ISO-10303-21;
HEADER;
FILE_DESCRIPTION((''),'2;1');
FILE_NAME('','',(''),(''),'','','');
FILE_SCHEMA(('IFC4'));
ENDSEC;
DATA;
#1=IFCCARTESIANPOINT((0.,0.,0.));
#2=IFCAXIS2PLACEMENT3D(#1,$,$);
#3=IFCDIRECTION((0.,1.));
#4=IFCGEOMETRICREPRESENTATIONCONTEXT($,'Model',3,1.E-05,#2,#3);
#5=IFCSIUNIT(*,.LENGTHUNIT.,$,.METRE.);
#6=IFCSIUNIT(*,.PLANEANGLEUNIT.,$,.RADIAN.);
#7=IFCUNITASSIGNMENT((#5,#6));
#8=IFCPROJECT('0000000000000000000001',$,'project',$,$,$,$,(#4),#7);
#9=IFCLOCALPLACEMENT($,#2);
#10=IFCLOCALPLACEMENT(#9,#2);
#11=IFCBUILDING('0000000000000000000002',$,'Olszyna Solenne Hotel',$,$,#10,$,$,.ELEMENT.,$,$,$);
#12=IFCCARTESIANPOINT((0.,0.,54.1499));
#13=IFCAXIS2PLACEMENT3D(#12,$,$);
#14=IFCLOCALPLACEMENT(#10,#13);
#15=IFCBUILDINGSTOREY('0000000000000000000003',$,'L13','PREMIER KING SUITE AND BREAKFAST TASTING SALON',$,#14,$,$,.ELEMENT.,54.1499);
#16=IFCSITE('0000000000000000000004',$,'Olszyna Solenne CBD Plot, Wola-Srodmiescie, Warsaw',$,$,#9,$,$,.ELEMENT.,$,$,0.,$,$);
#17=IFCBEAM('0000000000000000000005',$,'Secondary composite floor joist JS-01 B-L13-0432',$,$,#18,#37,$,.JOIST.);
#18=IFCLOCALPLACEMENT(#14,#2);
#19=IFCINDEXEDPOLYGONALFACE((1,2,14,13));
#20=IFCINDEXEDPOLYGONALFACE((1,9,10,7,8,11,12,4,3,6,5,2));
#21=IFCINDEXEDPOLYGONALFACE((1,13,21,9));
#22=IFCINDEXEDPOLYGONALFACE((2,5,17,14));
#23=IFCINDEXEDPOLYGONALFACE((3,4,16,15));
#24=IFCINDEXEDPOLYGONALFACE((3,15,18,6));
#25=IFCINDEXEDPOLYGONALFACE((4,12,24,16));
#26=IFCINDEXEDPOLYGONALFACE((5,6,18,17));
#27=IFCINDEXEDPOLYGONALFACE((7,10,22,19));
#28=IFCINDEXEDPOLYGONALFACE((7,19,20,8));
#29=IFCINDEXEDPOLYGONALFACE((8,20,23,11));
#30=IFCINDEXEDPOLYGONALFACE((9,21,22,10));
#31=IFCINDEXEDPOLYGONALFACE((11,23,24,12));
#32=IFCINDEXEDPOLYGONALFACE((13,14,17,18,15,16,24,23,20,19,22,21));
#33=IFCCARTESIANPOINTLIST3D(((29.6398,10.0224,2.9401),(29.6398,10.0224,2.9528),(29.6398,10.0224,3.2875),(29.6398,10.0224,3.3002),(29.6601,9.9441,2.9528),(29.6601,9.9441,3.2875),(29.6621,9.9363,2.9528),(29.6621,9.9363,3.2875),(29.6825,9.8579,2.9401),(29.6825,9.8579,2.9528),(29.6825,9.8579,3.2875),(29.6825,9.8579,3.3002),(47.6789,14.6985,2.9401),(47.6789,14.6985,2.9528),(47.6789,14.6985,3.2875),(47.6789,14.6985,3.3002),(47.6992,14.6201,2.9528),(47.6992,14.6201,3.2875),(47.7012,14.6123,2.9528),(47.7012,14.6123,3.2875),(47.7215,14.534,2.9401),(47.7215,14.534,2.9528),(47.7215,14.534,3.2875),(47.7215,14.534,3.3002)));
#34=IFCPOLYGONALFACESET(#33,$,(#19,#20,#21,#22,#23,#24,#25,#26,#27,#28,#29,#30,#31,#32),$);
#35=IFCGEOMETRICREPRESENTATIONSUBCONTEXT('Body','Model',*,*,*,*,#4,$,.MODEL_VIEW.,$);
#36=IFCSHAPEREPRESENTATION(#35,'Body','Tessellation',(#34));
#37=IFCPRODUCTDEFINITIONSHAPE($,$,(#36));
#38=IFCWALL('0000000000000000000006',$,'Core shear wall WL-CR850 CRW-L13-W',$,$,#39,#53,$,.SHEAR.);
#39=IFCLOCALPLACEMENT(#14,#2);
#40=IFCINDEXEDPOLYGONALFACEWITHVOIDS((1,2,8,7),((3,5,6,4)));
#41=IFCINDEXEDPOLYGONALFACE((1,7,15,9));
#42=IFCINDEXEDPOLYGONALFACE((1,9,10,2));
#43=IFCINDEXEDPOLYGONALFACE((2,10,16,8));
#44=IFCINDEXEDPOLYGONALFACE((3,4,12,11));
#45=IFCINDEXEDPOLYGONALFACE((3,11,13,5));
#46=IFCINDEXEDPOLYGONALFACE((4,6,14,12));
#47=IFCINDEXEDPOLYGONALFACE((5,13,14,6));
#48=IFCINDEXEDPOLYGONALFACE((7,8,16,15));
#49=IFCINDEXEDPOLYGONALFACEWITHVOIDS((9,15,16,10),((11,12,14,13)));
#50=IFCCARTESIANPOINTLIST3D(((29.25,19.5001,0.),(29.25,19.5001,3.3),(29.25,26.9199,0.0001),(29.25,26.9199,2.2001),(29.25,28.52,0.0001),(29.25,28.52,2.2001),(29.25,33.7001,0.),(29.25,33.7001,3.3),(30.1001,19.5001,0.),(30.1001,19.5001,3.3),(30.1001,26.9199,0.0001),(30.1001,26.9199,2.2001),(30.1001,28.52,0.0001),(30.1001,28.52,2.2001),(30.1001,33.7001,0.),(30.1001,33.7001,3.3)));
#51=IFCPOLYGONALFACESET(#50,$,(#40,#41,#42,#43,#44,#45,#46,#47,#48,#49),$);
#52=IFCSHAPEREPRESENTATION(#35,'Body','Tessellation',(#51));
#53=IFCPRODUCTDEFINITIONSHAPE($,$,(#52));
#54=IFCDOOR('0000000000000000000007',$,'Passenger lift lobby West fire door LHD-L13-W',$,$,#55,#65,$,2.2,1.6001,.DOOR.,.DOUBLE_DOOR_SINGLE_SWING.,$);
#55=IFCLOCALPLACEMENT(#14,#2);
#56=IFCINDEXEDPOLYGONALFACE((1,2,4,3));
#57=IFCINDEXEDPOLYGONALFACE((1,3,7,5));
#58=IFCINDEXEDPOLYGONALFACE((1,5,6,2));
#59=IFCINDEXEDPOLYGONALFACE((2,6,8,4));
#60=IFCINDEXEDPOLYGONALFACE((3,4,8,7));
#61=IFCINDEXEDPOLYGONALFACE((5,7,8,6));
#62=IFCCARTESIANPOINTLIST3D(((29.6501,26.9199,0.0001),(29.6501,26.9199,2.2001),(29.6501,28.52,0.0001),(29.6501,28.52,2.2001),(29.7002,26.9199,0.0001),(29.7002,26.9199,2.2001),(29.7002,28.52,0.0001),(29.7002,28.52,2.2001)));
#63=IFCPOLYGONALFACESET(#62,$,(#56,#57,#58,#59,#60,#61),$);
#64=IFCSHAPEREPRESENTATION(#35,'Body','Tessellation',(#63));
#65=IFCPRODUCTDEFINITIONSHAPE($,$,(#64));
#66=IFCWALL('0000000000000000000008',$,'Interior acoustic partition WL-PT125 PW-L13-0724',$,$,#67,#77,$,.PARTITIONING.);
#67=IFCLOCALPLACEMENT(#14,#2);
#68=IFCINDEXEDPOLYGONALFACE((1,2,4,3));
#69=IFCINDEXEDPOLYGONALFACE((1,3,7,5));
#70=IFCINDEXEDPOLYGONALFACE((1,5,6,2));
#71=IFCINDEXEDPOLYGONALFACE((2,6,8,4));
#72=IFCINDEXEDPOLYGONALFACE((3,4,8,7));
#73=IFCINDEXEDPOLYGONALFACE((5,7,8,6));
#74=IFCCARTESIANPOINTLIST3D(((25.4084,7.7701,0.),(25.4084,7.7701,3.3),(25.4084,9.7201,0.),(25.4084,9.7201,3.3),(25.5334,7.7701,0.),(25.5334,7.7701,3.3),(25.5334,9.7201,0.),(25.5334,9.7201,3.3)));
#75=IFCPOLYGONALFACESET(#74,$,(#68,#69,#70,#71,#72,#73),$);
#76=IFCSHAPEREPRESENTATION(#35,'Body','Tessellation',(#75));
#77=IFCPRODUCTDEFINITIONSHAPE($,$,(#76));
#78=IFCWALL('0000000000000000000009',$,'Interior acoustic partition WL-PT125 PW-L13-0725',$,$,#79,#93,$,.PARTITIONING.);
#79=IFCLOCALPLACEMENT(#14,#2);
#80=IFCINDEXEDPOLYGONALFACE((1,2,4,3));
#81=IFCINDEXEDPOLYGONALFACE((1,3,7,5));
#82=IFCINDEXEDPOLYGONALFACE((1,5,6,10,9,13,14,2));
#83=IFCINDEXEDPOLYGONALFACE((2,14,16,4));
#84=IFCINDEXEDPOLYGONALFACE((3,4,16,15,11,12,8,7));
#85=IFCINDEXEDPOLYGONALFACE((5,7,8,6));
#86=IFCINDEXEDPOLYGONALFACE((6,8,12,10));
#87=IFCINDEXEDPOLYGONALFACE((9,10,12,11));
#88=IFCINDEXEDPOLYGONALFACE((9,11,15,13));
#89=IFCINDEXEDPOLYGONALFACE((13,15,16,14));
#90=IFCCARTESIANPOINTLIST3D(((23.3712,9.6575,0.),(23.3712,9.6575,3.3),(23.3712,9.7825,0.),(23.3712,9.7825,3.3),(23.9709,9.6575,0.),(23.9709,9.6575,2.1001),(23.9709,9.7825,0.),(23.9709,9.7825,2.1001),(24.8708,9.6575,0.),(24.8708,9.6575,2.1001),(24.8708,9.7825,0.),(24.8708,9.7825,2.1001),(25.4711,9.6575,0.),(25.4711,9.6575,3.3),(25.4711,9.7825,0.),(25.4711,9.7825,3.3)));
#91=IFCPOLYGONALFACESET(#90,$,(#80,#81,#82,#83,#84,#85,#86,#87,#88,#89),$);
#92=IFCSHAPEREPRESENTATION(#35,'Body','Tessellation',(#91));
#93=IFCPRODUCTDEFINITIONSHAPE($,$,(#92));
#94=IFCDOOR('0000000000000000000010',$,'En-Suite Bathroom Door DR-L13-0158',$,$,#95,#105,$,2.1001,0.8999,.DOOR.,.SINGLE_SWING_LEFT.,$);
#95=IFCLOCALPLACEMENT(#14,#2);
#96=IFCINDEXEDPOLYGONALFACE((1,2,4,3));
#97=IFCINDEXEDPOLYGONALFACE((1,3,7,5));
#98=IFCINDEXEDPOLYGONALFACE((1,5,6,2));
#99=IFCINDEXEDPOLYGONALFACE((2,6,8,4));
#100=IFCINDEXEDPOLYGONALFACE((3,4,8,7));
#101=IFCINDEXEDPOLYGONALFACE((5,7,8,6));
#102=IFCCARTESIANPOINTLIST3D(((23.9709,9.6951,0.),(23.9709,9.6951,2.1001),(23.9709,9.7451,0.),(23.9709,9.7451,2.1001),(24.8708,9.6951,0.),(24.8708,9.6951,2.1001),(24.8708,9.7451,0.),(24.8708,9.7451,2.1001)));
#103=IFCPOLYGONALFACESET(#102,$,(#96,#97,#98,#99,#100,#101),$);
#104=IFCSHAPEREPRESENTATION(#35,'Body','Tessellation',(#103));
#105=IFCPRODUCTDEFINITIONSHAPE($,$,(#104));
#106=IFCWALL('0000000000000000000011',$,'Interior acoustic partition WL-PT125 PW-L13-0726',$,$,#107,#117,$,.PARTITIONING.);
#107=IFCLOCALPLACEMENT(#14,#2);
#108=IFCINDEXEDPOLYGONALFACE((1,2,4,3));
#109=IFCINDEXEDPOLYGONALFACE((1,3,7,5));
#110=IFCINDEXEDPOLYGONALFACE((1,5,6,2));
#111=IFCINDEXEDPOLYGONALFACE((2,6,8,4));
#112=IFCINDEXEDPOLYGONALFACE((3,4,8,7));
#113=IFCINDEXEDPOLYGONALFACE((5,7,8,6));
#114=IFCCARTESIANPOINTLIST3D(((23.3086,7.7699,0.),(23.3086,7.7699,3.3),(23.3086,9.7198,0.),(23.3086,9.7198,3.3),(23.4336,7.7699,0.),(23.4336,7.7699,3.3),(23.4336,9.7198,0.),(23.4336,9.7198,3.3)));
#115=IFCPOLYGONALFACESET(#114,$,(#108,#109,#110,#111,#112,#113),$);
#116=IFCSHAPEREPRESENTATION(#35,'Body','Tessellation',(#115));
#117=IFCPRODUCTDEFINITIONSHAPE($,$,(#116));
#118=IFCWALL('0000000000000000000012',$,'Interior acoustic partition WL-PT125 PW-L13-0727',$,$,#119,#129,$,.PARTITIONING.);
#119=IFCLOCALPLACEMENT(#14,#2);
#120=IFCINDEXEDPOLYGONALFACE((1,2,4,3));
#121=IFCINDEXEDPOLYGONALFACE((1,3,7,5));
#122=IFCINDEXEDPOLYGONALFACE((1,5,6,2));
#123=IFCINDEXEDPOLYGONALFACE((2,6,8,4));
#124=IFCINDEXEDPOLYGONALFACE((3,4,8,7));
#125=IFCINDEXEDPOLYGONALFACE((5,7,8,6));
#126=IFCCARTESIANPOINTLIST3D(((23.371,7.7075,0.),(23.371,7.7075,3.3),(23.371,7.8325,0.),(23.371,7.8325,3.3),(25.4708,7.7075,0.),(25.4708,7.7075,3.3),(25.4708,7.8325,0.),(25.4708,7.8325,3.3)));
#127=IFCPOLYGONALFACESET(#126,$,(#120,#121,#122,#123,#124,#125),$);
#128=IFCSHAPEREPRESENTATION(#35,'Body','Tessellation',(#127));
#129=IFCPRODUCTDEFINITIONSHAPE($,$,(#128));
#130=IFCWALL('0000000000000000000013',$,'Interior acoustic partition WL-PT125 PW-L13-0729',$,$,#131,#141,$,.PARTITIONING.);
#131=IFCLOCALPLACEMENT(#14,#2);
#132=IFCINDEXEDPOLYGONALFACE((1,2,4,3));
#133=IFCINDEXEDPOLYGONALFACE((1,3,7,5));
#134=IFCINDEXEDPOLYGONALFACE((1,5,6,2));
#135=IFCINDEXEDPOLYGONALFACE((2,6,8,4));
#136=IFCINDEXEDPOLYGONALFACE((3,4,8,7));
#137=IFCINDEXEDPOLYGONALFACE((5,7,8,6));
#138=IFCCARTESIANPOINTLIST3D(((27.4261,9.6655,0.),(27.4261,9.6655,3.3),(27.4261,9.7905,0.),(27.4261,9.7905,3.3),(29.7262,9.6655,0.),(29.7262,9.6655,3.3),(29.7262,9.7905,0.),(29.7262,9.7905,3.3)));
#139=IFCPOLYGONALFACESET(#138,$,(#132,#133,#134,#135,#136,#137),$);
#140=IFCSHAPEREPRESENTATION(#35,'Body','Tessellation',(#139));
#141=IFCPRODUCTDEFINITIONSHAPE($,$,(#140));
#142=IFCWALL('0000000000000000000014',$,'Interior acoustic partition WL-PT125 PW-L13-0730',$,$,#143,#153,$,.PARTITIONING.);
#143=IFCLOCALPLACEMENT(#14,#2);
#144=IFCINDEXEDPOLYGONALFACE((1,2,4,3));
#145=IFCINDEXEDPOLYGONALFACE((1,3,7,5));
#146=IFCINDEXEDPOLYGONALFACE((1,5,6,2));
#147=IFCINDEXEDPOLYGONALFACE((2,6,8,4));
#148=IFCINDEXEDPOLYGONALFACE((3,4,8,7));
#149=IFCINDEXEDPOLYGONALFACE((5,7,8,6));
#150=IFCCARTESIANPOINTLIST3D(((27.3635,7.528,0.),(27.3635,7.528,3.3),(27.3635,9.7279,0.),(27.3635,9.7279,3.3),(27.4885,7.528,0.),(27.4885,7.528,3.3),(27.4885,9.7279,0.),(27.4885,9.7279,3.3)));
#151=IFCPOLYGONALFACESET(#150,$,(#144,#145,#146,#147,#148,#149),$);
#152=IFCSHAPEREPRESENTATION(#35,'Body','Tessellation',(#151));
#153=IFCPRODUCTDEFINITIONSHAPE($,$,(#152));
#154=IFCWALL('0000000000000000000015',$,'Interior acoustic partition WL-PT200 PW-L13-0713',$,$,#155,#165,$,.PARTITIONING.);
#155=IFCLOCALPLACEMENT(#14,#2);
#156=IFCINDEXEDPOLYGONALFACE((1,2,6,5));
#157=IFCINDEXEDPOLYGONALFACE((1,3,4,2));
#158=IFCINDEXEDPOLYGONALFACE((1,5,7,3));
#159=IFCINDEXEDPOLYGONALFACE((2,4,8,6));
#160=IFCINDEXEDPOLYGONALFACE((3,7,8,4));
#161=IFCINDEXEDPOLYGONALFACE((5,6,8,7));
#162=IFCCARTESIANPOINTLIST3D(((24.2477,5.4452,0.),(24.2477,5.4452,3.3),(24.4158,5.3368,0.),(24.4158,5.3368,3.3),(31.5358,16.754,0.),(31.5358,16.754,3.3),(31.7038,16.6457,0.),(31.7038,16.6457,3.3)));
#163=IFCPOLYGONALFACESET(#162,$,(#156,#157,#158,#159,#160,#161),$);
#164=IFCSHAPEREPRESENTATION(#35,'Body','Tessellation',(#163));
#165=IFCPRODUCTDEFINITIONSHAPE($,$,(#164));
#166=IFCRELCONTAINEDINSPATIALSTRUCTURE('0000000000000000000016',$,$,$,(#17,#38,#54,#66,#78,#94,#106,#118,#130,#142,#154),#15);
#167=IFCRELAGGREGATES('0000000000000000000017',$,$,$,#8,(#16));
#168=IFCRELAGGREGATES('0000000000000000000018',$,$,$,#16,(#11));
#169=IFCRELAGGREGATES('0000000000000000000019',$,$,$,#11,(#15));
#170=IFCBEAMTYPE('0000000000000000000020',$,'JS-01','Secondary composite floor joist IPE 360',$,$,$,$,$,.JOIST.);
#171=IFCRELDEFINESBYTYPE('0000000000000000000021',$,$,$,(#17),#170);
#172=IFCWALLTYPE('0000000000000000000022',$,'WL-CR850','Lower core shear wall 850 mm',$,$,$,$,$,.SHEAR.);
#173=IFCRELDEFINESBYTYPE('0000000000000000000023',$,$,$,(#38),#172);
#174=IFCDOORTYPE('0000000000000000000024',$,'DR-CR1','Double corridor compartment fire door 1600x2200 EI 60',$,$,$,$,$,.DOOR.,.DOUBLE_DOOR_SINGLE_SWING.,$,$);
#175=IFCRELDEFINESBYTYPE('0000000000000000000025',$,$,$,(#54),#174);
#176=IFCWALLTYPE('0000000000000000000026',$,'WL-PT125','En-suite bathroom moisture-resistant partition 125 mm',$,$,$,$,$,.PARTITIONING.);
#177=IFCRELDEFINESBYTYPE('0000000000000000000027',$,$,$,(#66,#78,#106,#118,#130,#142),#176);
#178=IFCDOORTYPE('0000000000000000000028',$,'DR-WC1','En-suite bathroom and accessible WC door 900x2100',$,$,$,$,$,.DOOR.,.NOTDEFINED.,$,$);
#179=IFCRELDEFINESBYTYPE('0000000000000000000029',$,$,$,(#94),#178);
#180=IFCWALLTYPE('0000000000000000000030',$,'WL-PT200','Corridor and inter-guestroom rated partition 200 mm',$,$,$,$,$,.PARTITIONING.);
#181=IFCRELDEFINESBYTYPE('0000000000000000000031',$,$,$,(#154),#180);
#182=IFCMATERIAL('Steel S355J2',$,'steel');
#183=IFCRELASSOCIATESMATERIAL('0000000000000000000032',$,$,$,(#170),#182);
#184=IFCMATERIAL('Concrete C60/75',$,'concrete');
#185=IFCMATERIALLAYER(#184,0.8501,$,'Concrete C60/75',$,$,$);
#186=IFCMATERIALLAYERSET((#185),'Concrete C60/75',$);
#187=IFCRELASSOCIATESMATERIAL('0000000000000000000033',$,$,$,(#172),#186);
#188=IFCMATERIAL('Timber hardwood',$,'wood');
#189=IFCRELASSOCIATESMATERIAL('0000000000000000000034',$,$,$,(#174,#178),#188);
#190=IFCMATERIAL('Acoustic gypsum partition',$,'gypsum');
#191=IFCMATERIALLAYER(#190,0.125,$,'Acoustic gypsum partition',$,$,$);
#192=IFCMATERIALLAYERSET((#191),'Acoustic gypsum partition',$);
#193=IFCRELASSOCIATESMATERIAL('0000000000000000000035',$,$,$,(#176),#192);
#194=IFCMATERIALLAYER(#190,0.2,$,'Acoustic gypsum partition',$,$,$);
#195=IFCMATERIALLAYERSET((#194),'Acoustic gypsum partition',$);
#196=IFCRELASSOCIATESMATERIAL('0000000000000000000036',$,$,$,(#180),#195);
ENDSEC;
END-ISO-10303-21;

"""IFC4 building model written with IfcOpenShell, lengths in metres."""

from ifc_helpers import new_model, si_unit, direction, frame, frame_2d, origin, origin_2d, place, context, subcontext, project, spatial, rectangle, i_section, extrude, source, transform, mapped, material, layer, layer_set, material_profile, profile_set, type_object, type_shapes, element, fill, save


model = new_model("IFC4")

# Units and contexts
model_context = context("Model", 3, precision=1e-05, world=origin(), true_north=direction((0.0, 1.0)))
body_context = subcontext(model_context, "Body", "Model", "MODEL_VIEW")
ifc_project = project(units=[si_unit("LENGTHUNIT", "METRE"), si_unit("PLANEANGLEUNIT", "RADIAN")], contexts=[model_context])

# Site, building, storey
site_placement = place(None, origin())
site = spatial("IfcSite", under=ifc_project, at=site_placement, Name="Olszyna Solenne CBD Plot, Wola-Srodmiescie, Warsaw", CompositionType="ELEMENT", RefElevation=0.0)
building_placement = place(site_placement, origin())
building = spatial("IfcBuilding", under=site, at=building_placement, Name="Olszyna Solenne Hotel", CompositionType="ELEMENT")
storey_placement = place(building_placement, frame((0.0, 0.0, 54.1499)))
storey = spatial("IfcBuildingStorey", under=building, at=storey_placement, Name="L13", Description="PREMIER KING SUITE AND BREAKFAST TASTING SALON", CompositionType="ELEMENT", Elevation=54.1499)

# Beam
ifc_material_1 = material(Name="Steel S355J2", Category="steel")
ifc_material_profile = material_profile(ifc_material_1, i_section(OverallWidth=0.1699, OverallDepth=0.3601, WebThickness=0.0081, FlangeThickness=0.0127, at=origin_2d()), Name="IPE 360", Category="load-bearing")
ifc_profile_set = profile_set([ifc_material_profile], Name="Steel S355J2")
beam_type = type_object("IfcBeamType", Name="JS-01", Description="Secondary composite floor joist IPE 360", PredefinedType="JOIST", material=ifc_profile_set)
shared_shape_1 = source(origin(), body_context, "Body", "SweptSolid", [
    extrude(i_section(OverallWidth=0.1699, OverallDepth=0.3601, WebThickness=0.0081, FlangeThickness=0.0127, at=origin_2d()), origin(), (0.0, 0.0, 1.0), 18.6353),
])
beam_placement = place(storey_placement, frame((29.6611, 9.9402, 3.1201), z_axis=(0.968007, 0.250924, 0.0), x_axis=(-0.250924, 0.968007, 0.0)))
element("IfcBeam", 1, at=beam_placement, inside=storey, type_object=beam_type, Name="Secondary composite floor joist JS-01 B-L13-0432", PredefinedType="JOIST", context=body_context, shape_type="MappedRepresentation", body=[
    mapped(shared_shape_1, transform((0.0, 0.0, 0.0), x_axis=(1.0, 0.0, 0.0), y_axis=(0.0, 1.0, 0.0), z_axis=(0.0, 0.0, 1.0), scale=1.0)),
])

# Wall, opening, door
ifc_material_2 = material(Name="Concrete C60/75", Category="concrete")
ifc_layer_1 = layer(ifc_material_2, 0.8501, Name="Concrete C60/75")
ifc_layer_set_1 = layer_set([ifc_layer_1], Name="Concrete C60/75")
wall_type_1 = type_object("IfcWallType", Name="WL-CR850", Description="Lower core shear wall 850 mm", PredefinedType="SHEAR", material=ifc_layer_set_1)
wall_1_placement = place(storey_placement, frame((29.675, 19.5, 0.0), z_axis=(0.0, 0.0, 1.0), x_axis=(0.0, 1.0, 0.0)))
wall_1 = element("IfcWall", 2, at=wall_1_placement, inside=storey, type_object=wall_type_1, Name="Core shear wall WL-CR850 CRW-L13-W", PredefinedType="SHEAR", context=body_context, shape_type="SweptSolid", body=[
    extrude(rectangle(XDim=14.2, YDim=0.8501, at=frame_2d((7.1001, 0.0))), origin(), (0.0, 0.0, 1.0), 3.3),
])
opening_1_placement = place(wall_1_placement, frame((7.4199, 0.0, 0.0)))
opening_1 = element("IfcOpeningElement", 3, at=opening_1_placement, cuts=wall_1, PredefinedType="OPENING", context=body_context, shape_type="SweptSolid", body=[
    extrude(rectangle(XDim=1.6001, YDim=2.2, at=frame_2d((0.8, 1.1001))), frame((0.0, 0.4351, 0.0), z_axis=(0.0, -1.0, 0.0), x_axis=(1.0, 0.0, 0.0)), (0.0, 0.0, 1.0), 0.8701),
])
ifc_material_3 = material(Name="Timber hardwood", Category="wood")
door_type_1 = type_object("IfcDoorType", Name="DR-CR1", Description="Double corridor compartment fire door 1600x2200 EI 60", OperationType="DOUBLE_DOOR_SINGLE_SWING", PredefinedType="DOOR", material=ifc_material_3)
shared_shape_2 = source(origin(), body_context, "Body", "SweptSolid", [
    extrude(rectangle(XDim=1.6001, YDim=2.2, at=frame_2d((0.8, 1.1001))), frame((0.0, 0.0249, 0.0), z_axis=(0.0, -1.0, 0.0), x_axis=(1.0, 0.0, 0.0)), (0.0, 0.0, 1.0), 0.05),
])
type_shapes(door_type_1, [shared_shape_2])
door_1_placement = place(opening_1_placement, origin())
door_1 = element("IfcDoor", 4, at=door_1_placement, inside=storey, type_object=door_type_1, Name="Passenger lift lobby West fire door LHD-L13-W", OperationType="DOUBLE_DOOR_SINGLE_SWING", OverallHeight=2.2, OverallWidth=1.6001, PredefinedType="DOOR", context=body_context, shape_type="MappedRepresentation", body=[
    mapped(shared_shape_2, transform((0.0, 0.0, 0.0), x_axis=(1.0, 0.0, 0.0), y_axis=(0.0, 1.0, 0.0), z_axis=(0.0, 0.0, 1.0), scale=1.0)),
])
fill(opening_1, door_1)

# Wall
ifc_material_4 = material(Name="Acoustic gypsum partition", Category="gypsum")
ifc_layer_2 = layer(ifc_material_4, 0.125, Name="Acoustic gypsum partition")
ifc_layer_set_2 = layer_set([ifc_layer_2], Name="Acoustic gypsum partition")
wall_type_2 = type_object("IfcWallType", Name="WL-PT125", Description="En-suite bathroom moisture-resistant partition 125 mm", PredefinedType="PARTITIONING", material=ifc_layer_set_2)
wall_2_placement = place(storey_placement, frame((25.4709, 7.77, 0.0), z_axis=(0.0, 0.0, 1.0), x_axis=(0.0, 1.0, 0.0)))
element("IfcWall", 5, at=wall_2_placement, inside=storey, type_object=wall_type_2, Name="Interior acoustic partition WL-PT125 PW-L13-0724", PredefinedType="PARTITIONING", context=body_context, shape_type="SweptSolid", body=[
    extrude(rectangle(XDim=1.95, YDim=0.125, at=frame_2d((0.9751, 0.0))), origin(), (0.0, 0.0, 1.0), 3.3),
])

# Wall, opening, door
wall_3_placement = place(storey_placement, frame((25.4709, 9.72, 0.0), z_axis=(0.0, 0.0, 1.0), x_axis=(-1.0, 0.0, 0.0)))
wall_3 = element("IfcWall", 6, at=wall_3_placement, inside=storey, type_object=wall_type_2, Name="Interior acoustic partition WL-PT125 PW-L13-0725", PredefinedType="PARTITIONING", context=body_context, shape_type="SweptSolid", body=[
    extrude(rectangle(XDim=2.0999, YDim=0.125, at=frame_2d((1.0498, 0.0))), origin(), (0.0, 0.0, 1.0), 3.3),
])
opening_2_placement = place(wall_3_placement, frame((0.6001, 0.0, 0.0)))
opening_2 = element("IfcOpeningElement", 7, at=opening_2_placement, cuts=wall_3, PredefinedType="OPENING", context=body_context, shape_type="SweptSolid", body=[
    extrude(rectangle(XDim=0.8999, YDim=2.1001, at=frame_2d((0.45, 1.05))), frame((0.0, 0.0725, 0.0), z_axis=(0.0, -1.0, 0.0), x_axis=(1.0, 0.0, 0.0)), (0.0, 0.0, 1.0), 0.145),
])
door_type_2 = type_object("IfcDoorType", Name="DR-WC1", Description="En-suite bathroom and accessible WC door 900x2100", OperationType="NOTDEFINED", PredefinedType="DOOR", material=ifc_material_3)
shared_shape_3 = source(origin(), body_context, "Body", "SweptSolid", [
    extrude(rectangle(XDim=0.8999, YDim=2.1001, at=frame_2d((0.45, 1.05))), frame((0.0, 0.0249, 0.0), z_axis=(0.0, -1.0, 0.0), x_axis=(1.0, 0.0, 0.0)), (0.0, 0.0, 1.0), 0.05),
])
type_shapes(door_type_2, [shared_shape_3])
door_2_placement = place(opening_2_placement, origin())
door_2 = element("IfcDoor", 8, at=door_2_placement, inside=storey, type_object=door_type_2, Name="En-Suite Bathroom Door DR-L13-0158", OperationType="SINGLE_SWING_LEFT", OverallHeight=2.1001, OverallWidth=0.8999, PredefinedType="DOOR", context=body_context, shape_type="MappedRepresentation", body=[
    mapped(shared_shape_3, transform((0.0, 0.0, 0.0), x_axis=(1.0, 0.0, 0.0), y_axis=(0.0, 1.0, 0.0), z_axis=(0.0, 0.0, 1.0), scale=1.0)),
])
fill(opening_2, door_2)

# Walls
wall_4_placement = place(storey_placement, frame((23.3711, 9.72, 0.0), z_axis=(0.0, 0.0, 1.0), x_axis=(0.0, -1.0, 0.0)))
element("IfcWall", 9, at=wall_4_placement, inside=storey, type_object=wall_type_2, Name="Interior acoustic partition WL-PT125 PW-L13-0726", PredefinedType="PARTITIONING", context=body_context, shape_type="SweptSolid", body=[
    extrude(rectangle(XDim=1.95, YDim=0.125, at=frame_2d((0.9751, 0.0))), origin(), (0.0, 0.0, 1.0), 3.3),
])
wall_5_placement = place(storey_placement, frame((23.3711, 7.77, 0.0), z_axis=(0.0, 0.0, 1.0), x_axis=(1.0, 0.0, 0.0)))
element("IfcWall", 10, at=wall_5_placement, inside=storey, type_object=wall_type_2, Name="Interior acoustic partition WL-PT125 PW-L13-0727", PredefinedType="PARTITIONING", context=body_context, shape_type="SweptSolid", body=[
    extrude(rectangle(XDim=2.0999, YDim=0.125, at=frame_2d((1.0498, 0.0))), origin(), (0.0, 0.0, 1.0), 3.3),
])
wall_6_placement = place(storey_placement, frame((29.7261, 9.728, 0.0), z_axis=(0.0, 0.0, 1.0), x_axis=(-1.0, 0.0, 0.0)))
element("IfcWall", 11, at=wall_6_placement, inside=storey, type_object=wall_type_2, Name="Interior acoustic partition WL-PT125 PW-L13-0729", PredefinedType="PARTITIONING", context=body_context, shape_type="SweptSolid", body=[
    extrude(rectangle(XDim=2.3, YDim=0.125, at=frame_2d((1.1499, 0.0))), origin(), (0.0, 0.0, 1.0), 3.3),
])
wall_7_placement = place(storey_placement, frame((27.426, 9.728, 0.0), z_axis=(0.0, 0.0, 1.0), x_axis=(0.0, -1.0, 0.0)))
element("IfcWall", 12, at=wall_7_placement, inside=storey, type_object=wall_type_2, Name="Interior acoustic partition WL-PT125 PW-L13-0730", PredefinedType="PARTITIONING", context=body_context, shape_type="SweptSolid", body=[
    extrude(rectangle(XDim=2.2, YDim=0.125, at=frame_2d((1.1001, 0.0))), origin(), (0.0, 0.0, 1.0), 3.3),
])
ifc_layer_3 = layer(ifc_material_4, 0.2, Name="Acoustic gypsum partition")
ifc_layer_set_3 = layer_set([ifc_layer_3], Name="Acoustic gypsum partition")
wall_type_3 = type_object("IfcWallType", Name="WL-PT200", Description="Corridor and inter-guestroom rated partition 200 mm", PredefinedType="PARTITIONING", material=ifc_layer_set_3)
wall_8_placement = place(storey_placement, frame((31.6199, 16.7, 0.0), z_axis=(0.0, 0.0, 1.0), x_axis=(-0.54171, -0.840565, 0.0)))
element("IfcWall", 13, at=wall_8_placement, inside=storey, type_object=wall_type_3, Name="Interior acoustic partition WL-PT200 PW-L13-0713", PredefinedType="PARTITIONING", context=body_context, shape_type="SweptSolid", body=[
    extrude(rectangle(XDim=13.4539, YDim=0.2, at=frame_2d((6.7271, 0.0))), origin(), (0.0, 0.0, 1.0), 3.3),
])

save(model, "model.ifc")
